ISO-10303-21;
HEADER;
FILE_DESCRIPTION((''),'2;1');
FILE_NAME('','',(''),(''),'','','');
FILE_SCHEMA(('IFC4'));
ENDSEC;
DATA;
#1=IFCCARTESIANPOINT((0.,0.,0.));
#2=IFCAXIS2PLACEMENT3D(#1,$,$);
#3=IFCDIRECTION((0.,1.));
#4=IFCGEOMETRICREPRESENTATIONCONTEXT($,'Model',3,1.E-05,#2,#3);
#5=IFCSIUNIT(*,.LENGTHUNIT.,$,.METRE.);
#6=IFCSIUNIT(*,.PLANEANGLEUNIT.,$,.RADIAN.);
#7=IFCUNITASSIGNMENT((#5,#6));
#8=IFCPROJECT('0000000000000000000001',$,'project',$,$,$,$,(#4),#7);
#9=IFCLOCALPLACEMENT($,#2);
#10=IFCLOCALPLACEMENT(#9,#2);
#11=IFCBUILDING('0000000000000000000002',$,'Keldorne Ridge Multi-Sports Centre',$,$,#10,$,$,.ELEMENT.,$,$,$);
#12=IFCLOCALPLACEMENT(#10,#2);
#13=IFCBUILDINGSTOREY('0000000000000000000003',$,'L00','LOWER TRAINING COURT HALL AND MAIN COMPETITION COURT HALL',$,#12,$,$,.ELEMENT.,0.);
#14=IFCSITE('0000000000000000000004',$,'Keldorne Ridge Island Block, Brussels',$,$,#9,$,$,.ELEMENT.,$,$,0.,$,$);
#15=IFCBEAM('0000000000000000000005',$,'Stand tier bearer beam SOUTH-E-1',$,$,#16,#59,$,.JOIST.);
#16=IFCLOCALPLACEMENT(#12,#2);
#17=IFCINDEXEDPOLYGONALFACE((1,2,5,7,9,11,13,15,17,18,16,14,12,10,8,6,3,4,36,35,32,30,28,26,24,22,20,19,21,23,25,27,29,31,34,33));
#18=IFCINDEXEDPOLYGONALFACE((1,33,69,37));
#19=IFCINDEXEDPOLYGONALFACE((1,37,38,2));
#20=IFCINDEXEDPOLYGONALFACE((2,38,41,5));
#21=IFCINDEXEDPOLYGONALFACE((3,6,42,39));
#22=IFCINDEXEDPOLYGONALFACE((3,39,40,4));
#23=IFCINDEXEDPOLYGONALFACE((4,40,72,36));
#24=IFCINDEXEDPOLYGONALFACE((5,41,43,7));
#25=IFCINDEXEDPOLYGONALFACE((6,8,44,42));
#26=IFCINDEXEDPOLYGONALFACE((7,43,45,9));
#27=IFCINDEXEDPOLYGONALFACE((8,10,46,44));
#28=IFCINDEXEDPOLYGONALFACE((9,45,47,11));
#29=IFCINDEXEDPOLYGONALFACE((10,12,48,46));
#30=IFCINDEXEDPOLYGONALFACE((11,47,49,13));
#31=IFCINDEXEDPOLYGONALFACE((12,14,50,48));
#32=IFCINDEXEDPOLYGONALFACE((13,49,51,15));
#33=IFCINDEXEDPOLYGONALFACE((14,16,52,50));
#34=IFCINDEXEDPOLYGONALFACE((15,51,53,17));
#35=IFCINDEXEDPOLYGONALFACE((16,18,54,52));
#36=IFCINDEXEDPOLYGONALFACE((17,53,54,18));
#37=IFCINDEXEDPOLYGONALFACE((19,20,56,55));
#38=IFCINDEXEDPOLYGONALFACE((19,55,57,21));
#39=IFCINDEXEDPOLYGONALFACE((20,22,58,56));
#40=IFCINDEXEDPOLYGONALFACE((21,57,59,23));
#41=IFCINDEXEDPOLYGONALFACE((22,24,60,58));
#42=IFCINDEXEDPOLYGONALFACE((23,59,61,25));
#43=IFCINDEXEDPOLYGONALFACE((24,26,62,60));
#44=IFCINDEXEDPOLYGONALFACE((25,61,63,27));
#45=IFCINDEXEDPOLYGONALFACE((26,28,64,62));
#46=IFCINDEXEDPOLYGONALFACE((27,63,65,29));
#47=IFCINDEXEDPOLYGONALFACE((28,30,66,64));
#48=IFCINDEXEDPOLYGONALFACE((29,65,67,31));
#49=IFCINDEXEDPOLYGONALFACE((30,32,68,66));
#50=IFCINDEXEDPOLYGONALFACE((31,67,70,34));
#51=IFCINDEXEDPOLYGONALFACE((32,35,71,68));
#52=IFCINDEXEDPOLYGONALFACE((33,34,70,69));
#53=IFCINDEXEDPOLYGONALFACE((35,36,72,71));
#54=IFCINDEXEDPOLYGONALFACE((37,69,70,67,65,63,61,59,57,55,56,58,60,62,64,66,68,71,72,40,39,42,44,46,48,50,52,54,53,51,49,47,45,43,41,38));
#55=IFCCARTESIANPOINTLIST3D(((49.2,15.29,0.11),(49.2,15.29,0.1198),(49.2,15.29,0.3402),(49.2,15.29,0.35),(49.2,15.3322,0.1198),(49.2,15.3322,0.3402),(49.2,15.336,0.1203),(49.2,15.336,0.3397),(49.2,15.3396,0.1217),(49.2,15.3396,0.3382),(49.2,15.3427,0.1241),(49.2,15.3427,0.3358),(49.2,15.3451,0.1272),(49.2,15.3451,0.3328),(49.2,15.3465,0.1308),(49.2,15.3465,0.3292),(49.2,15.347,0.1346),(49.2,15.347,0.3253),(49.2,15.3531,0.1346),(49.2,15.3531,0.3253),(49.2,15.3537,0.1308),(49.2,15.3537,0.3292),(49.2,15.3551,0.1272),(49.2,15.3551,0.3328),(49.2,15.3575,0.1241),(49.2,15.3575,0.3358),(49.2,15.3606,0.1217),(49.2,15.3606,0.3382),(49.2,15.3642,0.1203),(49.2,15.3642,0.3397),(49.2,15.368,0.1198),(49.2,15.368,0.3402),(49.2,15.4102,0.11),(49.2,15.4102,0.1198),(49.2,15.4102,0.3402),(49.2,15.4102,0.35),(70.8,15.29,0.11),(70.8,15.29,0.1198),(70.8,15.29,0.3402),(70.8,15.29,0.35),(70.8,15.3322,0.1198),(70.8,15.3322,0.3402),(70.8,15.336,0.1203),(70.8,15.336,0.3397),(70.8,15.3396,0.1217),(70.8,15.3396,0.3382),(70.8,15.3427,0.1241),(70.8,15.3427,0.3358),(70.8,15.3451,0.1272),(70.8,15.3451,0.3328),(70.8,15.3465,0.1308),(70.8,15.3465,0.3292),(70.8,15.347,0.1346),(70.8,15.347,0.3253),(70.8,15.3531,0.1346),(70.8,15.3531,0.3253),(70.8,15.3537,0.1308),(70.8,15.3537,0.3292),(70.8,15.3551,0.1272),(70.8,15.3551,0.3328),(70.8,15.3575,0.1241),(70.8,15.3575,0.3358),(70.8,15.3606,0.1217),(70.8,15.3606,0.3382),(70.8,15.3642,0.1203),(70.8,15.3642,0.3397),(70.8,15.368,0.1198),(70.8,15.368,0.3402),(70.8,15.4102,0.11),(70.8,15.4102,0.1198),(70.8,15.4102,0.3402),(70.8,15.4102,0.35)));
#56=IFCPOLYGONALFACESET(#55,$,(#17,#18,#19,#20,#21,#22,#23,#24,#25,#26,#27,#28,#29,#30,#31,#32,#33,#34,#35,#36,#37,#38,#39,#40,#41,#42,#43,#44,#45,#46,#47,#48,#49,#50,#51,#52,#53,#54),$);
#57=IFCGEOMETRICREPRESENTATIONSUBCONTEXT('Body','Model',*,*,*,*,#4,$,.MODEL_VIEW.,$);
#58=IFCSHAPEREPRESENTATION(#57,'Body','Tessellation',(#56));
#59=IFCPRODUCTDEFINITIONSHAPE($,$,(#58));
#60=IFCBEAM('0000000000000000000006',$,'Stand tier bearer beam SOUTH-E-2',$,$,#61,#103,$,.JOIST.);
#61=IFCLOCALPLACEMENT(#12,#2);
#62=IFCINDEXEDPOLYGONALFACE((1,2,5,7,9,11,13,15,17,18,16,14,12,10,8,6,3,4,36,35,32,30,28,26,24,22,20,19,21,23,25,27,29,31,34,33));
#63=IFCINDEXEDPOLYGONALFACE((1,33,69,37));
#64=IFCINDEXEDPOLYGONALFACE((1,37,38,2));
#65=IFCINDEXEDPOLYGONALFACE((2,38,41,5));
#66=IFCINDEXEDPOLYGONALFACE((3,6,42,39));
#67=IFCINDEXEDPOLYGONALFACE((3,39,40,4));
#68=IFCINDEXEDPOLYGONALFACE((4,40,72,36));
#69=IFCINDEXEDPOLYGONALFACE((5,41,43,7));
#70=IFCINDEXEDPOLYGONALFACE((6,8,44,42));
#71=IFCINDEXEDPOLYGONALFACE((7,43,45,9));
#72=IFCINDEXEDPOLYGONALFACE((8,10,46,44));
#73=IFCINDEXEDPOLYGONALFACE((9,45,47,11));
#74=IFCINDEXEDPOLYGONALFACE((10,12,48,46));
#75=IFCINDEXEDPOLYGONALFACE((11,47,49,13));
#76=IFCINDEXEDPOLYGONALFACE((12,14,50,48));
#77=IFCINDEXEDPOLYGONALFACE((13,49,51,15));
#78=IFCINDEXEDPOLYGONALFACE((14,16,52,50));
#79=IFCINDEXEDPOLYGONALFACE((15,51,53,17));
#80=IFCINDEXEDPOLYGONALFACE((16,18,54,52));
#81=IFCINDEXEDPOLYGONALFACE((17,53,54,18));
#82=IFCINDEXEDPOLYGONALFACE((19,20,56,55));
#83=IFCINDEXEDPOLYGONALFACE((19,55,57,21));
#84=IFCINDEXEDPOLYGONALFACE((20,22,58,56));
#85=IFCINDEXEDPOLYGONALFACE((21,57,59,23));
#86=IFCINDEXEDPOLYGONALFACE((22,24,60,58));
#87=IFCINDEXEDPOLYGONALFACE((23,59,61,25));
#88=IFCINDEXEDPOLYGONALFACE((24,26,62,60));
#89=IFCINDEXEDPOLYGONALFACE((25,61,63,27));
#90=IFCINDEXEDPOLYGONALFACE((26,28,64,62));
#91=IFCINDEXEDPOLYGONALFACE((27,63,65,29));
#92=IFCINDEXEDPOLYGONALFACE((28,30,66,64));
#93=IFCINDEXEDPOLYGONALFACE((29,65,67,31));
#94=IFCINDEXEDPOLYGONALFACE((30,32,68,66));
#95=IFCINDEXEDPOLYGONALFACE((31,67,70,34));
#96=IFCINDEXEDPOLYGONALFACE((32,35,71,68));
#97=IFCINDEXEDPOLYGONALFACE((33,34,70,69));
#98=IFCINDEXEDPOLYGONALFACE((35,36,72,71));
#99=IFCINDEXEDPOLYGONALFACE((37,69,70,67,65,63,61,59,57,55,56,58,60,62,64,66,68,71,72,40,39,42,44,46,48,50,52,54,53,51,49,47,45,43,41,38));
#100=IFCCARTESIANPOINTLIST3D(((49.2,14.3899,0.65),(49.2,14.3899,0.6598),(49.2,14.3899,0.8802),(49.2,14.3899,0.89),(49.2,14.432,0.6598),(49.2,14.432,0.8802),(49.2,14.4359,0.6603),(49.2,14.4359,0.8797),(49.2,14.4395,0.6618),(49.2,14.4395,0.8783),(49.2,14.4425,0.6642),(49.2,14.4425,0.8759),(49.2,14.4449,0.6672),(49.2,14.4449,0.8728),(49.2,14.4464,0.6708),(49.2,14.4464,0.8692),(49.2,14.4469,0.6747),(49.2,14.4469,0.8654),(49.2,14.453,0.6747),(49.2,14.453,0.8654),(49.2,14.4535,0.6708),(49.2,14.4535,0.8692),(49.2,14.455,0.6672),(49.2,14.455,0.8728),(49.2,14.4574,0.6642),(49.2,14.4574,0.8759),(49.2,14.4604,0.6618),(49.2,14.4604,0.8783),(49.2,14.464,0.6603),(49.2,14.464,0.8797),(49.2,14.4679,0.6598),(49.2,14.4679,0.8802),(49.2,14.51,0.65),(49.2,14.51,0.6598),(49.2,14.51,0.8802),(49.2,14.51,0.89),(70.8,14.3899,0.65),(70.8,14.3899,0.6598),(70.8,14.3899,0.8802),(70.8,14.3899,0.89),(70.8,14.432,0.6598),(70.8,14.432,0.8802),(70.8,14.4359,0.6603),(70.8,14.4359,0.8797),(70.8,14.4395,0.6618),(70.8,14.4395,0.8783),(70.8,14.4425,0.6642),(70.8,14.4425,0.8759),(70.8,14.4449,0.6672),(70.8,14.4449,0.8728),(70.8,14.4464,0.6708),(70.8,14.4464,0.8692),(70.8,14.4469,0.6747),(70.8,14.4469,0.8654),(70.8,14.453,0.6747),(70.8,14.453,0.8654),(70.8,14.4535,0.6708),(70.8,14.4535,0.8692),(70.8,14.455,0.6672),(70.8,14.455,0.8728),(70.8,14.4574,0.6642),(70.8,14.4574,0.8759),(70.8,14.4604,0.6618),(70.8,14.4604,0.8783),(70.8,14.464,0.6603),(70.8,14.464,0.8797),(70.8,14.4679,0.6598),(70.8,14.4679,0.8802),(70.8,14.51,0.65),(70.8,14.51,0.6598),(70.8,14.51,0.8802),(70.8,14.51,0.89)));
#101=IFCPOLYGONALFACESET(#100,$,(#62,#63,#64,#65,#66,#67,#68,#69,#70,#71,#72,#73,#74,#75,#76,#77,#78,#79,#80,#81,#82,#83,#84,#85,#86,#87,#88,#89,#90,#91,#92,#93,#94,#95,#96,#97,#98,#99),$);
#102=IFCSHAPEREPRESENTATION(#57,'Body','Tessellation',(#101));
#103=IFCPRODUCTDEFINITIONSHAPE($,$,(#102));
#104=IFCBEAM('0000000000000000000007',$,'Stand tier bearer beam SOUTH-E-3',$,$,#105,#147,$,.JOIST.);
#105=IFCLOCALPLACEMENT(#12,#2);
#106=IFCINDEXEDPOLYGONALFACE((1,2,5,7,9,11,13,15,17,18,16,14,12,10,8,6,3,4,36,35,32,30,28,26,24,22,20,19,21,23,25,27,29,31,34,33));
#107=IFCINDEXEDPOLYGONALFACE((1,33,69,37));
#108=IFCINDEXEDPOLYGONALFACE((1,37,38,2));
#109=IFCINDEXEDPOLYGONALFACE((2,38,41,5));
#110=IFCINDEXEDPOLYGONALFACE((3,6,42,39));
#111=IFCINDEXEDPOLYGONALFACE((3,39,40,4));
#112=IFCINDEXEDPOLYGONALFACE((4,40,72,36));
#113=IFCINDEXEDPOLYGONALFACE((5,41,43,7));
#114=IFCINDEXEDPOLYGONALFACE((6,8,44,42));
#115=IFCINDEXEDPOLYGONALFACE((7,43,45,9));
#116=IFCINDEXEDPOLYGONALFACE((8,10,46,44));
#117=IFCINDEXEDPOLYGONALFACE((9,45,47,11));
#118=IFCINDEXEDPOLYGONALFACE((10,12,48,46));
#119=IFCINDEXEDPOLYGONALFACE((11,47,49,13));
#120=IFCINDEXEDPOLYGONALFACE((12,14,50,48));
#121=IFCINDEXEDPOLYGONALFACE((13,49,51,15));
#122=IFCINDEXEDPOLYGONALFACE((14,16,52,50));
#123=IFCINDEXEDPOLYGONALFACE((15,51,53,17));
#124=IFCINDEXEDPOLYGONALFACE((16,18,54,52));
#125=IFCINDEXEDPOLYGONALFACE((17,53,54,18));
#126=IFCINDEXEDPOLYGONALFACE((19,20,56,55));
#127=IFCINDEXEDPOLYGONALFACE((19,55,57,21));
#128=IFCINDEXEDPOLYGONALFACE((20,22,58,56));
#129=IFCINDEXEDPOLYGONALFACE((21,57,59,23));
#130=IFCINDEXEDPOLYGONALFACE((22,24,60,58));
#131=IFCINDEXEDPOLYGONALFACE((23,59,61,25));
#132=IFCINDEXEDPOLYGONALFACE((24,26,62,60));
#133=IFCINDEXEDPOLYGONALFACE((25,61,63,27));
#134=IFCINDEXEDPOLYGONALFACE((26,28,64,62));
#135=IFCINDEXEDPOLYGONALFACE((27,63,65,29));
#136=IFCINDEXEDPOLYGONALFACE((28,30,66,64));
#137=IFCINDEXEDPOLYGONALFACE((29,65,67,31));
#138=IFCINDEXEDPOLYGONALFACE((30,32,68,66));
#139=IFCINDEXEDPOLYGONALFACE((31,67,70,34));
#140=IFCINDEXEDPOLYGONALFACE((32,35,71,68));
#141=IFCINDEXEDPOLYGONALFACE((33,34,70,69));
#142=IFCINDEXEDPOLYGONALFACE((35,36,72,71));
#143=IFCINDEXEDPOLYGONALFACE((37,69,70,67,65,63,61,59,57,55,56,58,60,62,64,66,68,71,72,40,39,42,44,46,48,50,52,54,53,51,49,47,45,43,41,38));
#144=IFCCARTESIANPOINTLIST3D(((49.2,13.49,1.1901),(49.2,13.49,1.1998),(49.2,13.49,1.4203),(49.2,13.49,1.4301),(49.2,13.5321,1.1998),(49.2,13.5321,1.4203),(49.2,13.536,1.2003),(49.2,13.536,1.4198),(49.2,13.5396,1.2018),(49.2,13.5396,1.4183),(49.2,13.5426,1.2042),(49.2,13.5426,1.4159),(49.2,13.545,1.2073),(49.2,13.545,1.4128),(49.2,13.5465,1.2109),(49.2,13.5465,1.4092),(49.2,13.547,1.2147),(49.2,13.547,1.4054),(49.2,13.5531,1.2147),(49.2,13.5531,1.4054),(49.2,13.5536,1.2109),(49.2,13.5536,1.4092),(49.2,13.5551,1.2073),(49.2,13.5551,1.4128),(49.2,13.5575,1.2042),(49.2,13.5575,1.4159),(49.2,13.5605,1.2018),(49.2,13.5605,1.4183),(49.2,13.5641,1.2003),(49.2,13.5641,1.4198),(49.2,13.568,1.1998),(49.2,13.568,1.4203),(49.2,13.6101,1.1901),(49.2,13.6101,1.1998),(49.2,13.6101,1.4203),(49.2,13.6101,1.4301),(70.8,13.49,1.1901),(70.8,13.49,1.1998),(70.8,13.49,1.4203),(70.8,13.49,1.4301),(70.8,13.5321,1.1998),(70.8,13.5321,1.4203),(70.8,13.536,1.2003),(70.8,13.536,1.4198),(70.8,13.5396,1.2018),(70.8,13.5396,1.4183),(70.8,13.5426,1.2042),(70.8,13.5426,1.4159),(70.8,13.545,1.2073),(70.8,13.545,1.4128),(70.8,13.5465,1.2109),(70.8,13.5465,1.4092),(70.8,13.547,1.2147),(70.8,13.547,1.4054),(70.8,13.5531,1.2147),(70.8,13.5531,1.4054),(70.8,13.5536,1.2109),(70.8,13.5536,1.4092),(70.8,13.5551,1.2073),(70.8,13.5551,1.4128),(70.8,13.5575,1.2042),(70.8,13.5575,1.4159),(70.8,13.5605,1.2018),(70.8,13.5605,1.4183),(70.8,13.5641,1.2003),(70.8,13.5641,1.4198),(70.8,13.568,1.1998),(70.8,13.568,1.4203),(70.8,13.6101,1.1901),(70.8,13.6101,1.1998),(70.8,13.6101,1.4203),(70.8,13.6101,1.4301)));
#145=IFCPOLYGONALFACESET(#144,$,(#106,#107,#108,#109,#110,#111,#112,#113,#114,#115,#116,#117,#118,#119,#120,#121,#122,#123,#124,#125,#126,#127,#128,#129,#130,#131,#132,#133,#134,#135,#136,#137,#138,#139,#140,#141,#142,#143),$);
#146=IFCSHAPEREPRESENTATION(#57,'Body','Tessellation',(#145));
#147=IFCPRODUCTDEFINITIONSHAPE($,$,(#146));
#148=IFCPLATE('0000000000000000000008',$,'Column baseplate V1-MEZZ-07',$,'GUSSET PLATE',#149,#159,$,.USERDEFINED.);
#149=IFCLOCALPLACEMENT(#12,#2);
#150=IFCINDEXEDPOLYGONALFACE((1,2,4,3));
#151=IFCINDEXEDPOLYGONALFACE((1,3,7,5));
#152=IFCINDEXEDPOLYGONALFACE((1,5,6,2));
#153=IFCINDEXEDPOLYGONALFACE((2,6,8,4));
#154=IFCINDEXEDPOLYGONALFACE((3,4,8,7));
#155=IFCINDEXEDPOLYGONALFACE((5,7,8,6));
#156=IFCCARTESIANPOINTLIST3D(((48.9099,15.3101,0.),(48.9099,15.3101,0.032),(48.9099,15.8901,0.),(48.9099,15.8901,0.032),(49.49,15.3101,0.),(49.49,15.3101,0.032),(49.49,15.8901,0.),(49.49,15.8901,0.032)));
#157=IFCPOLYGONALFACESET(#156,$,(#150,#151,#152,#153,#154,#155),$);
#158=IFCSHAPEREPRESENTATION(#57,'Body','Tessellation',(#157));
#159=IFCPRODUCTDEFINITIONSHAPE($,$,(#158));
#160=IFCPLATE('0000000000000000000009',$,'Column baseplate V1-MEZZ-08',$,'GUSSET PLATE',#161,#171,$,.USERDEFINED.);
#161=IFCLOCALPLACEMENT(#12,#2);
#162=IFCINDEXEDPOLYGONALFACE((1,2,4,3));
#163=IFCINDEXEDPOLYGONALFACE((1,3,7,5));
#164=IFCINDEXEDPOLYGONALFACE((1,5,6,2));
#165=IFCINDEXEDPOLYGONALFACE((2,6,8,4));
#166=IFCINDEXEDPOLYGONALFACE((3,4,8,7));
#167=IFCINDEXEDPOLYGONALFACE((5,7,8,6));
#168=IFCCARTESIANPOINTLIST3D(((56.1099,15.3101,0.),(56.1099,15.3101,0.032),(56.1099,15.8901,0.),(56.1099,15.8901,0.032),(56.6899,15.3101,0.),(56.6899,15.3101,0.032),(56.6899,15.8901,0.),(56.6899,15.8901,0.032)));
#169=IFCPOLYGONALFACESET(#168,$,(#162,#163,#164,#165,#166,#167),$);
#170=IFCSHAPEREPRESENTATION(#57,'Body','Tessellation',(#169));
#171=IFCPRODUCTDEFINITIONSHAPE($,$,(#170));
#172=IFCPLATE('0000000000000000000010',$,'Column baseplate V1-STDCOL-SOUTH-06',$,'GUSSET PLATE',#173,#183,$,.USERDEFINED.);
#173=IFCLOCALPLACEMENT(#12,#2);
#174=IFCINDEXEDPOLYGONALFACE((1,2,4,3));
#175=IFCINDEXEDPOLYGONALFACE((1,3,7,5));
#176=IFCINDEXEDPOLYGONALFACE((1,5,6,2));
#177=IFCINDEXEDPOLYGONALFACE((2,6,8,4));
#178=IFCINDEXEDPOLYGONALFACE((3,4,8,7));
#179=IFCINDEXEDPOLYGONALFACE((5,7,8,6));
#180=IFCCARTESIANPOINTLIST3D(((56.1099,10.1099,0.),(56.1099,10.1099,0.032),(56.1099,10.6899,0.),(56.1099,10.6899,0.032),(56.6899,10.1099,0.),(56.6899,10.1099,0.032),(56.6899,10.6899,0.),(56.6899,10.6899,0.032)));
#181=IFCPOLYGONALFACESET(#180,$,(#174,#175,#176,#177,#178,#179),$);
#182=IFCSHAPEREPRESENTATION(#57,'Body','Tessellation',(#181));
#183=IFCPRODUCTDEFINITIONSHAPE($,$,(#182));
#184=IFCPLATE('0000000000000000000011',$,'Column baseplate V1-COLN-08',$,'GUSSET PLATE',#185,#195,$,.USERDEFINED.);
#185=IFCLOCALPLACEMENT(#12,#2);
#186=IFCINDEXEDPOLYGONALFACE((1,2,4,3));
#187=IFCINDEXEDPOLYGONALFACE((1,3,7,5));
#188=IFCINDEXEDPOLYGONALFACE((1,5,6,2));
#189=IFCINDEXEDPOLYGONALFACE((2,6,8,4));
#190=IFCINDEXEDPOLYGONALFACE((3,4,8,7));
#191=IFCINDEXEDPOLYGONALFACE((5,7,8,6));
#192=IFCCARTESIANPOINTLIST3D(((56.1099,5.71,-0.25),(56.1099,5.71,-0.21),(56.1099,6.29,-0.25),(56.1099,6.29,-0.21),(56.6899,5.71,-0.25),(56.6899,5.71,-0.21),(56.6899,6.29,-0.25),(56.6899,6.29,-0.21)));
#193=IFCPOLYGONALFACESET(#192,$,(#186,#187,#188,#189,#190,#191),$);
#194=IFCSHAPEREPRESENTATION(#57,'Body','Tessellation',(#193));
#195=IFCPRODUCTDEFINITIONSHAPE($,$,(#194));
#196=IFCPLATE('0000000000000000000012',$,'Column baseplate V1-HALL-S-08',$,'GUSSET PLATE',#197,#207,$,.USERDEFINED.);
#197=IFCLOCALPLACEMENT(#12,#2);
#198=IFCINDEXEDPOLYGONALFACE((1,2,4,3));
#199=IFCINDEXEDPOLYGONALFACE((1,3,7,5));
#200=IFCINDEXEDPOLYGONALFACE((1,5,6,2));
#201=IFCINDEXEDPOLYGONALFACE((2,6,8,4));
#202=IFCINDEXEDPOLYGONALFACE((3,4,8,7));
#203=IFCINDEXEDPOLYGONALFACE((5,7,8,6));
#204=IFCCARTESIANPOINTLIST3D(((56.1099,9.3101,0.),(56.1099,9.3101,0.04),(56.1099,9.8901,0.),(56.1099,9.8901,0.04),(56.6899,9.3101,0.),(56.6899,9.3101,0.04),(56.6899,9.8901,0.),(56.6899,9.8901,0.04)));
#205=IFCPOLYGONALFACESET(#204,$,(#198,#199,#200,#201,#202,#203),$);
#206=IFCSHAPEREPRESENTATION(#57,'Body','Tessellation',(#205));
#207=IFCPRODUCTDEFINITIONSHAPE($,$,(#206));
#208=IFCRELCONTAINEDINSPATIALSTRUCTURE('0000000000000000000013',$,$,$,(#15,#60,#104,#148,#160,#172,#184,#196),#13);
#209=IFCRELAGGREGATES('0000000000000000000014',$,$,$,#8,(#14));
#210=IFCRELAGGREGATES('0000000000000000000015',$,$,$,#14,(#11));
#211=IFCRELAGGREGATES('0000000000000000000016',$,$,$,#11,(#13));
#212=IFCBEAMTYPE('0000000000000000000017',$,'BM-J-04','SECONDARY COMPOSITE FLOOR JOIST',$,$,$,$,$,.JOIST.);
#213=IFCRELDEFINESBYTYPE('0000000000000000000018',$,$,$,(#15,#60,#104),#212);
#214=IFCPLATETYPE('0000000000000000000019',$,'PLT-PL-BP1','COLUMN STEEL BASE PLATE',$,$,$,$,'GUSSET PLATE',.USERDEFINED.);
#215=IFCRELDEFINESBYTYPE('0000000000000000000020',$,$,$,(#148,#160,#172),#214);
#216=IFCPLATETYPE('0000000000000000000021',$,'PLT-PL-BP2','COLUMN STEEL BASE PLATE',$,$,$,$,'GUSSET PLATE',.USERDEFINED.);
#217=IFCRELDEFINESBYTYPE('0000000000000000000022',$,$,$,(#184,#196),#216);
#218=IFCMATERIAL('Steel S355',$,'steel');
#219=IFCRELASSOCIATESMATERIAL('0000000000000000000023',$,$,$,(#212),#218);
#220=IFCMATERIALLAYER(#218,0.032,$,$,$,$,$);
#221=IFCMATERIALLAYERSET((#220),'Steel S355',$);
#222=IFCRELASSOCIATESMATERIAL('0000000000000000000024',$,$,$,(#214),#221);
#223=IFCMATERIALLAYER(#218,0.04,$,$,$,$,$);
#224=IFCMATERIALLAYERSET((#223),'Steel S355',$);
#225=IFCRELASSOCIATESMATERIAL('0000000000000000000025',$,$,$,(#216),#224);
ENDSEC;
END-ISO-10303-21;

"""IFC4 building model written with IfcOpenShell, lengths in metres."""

from ifc_helpers import new_model, si_unit, direction, frame, origin, origin_2d, place, context, subcontext, project, spatial, rectangle, i_section, extrude, material, layer, layer_set, material_profile, profile_set, type_object, element, save


model = new_model("IFC4")

# Units and contexts
model_context = context("Model", 3, precision=1e-05, world=origin(), true_north=direction((0.0, 1.0)))
body_context = subcontext(model_context, "Body", "Model", "MODEL_VIEW")
ifc_project = project(units=[si_unit("LENGTHUNIT", "METRE"), si_unit("PLANEANGLEUNIT", "RADIAN")], contexts=[model_context])

# Site, building, storey
site_placement = place(None, origin())
site = spatial("IfcSite", under=ifc_project, at=site_placement, Name="Keldorne Ridge Island Block, Brussels", CompositionType="ELEMENT", RefElevation=0.0)
building_placement = place(site_placement, origin())
building = spatial("IfcBuilding", under=site, at=building_placement, Name="Keldorne Ridge Multi-Sports Centre", CompositionType="ELEMENT")
storey_placement = place(building_placement, origin())
storey = spatial("IfcBuildingStorey", under=building, at=storey_placement, Name="L00", Description="LOWER TRAINING COURT HALL AND MAIN COMPETITION COURT HALL", CompositionType="ELEMENT", Elevation=0.0)

# Shared definitions
ifc_material_1 = material(Name="Steel S355", Category="steel")

# Beams
ifc_material_profile_1 = material_profile(ifc_material_1, i_section(OverallWidth=0.1201, OverallDepth=0.24, WebThickness=0.0061, FlangeThickness=0.0098, FilletRadius=0.0149, at=origin_2d()), Name="IPE 240")
ifc_profile_set_1 = profile_set([ifc_material_profile_1], Name="Steel S355")
beam_type_1 = type_object("IfcBeamType", Name="BM-J-04", Description="SECONDARY COMPOSITE FLOOR JOIST", PredefinedType="JOIST", material=ifc_profile_set_1)
for number, where, z_axis, x_axis, name in (
    (1, (49.2, 15.3501, 0.23), (1.0, 0.0, 0.0), (0.0, 1.0, 0.0), "Stand tier bearer beam SOUTH-E-1"),
    (2, (49.2, 14.45, 0.77), (1.0, 0.0, 0.0), (0.0, 1.0, 0.0), "Stand tier bearer beam SOUTH-E-2"),
    (3, (49.2, 13.55, 1.3101), (1.0, 0.0, 0.0), (0.0, 1.0, 0.0), "Stand tier bearer beam SOUTH-E-3"),
):
    element("IfcBeam", number, at=place(storey_placement, frame(where, z_axis=z_axis, x_axis=x_axis)), inside=storey, type_object=beam_type_1, Name=name, PredefinedType="JOIST", context=body_context, shape_type="SweptSolid", body=[
        extrude(i_section(OverallWidth=0.1201, OverallDepth=0.24, WebThickness=0.0061, FlangeThickness=0.0098, FilletRadius=0.0149, at=origin_2d()), origin(), (0.0, 0.0, 1.0), 21.6001),
    ])

# Plates
ifc_layer_1 = layer(ifc_material_1, 0.032)
ifc_layer_set_1 = layer_set([ifc_layer_1], Name="Steel S355")
plate_type_1 = type_object("IfcPlateType", Name="PLT-PL-BP1", Description="COLUMN STEEL BASE PLATE", ElementType="GUSSET PLATE", PredefinedType="USERDEFINED", material=ifc_layer_set_1)
for number, where, z_axis, x_axis, name in (
    (4, (49.2, 15.6001, 0.0), (0.0, 0.0, 1.0), (1.0, 0.0, 0.0), "Column baseplate V1-MEZZ-07"),
    (5, (56.3999, 15.6001, 0.0), (0.0, 0.0, 1.0), (1.0, 0.0, 0.0), "Column baseplate V1-MEZZ-08"),
    (6, (56.3999, 10.3999, 0.0), (0.0, 0.0, 1.0), (1.0, 0.0, 0.0), "Column baseplate V1-STDCOL-SOUTH-06"),
):
    element("IfcPlate", number, at=place(storey_placement, frame(where, z_axis=z_axis, x_axis=x_axis)), inside=storey, type_object=plate_type_1, Name=name, ObjectType="GUSSET PLATE", PredefinedType="USERDEFINED", context=body_context, shape_type="SweptSolid", body=[
        extrude(rectangle(XDim=0.5801, YDim=0.5801, at=origin_2d()), origin(), (0.0, 0.0, 1.0), 0.032),
    ])
ifc_layer_2 = layer(ifc_material_1, 0.04)
ifc_layer_set_2 = layer_set([ifc_layer_2], Name="Steel S355")
plate_type_2 = type_object("IfcPlateType", Name="PLT-PL-BP2", Description="COLUMN STEEL BASE PLATE", ElementType="GUSSET PLATE", PredefinedType="USERDEFINED", material=ifc_layer_set_2)
for number, where, z_axis, x_axis, name in (
    (7, (56.3999, 6.0, -0.25), (0.0, 0.0, 1.0), (1.0, 0.0, 0.0), "Column baseplate V1-COLN-08"),
    (8, (56.3999, 9.6001, 0.0), (0.0, 0.0, 1.0), (1.0, 0.0, 0.0), "Column baseplate V1-HALL-S-08"),
):
    element("IfcPlate", number, at=place(storey_placement, frame(where, z_axis=z_axis, x_axis=x_axis)), inside=storey, type_object=plate_type_2, Name=name, ObjectType="GUSSET PLATE", PredefinedType="USERDEFINED", context=body_context, shape_type="SweptSolid", body=[
        extrude(rectangle(XDim=0.5801, YDim=0.5801, at=origin_2d()), origin(), (0.0, 0.0, 1.0), 0.04),
    ])

save(model, "model.ifc")
